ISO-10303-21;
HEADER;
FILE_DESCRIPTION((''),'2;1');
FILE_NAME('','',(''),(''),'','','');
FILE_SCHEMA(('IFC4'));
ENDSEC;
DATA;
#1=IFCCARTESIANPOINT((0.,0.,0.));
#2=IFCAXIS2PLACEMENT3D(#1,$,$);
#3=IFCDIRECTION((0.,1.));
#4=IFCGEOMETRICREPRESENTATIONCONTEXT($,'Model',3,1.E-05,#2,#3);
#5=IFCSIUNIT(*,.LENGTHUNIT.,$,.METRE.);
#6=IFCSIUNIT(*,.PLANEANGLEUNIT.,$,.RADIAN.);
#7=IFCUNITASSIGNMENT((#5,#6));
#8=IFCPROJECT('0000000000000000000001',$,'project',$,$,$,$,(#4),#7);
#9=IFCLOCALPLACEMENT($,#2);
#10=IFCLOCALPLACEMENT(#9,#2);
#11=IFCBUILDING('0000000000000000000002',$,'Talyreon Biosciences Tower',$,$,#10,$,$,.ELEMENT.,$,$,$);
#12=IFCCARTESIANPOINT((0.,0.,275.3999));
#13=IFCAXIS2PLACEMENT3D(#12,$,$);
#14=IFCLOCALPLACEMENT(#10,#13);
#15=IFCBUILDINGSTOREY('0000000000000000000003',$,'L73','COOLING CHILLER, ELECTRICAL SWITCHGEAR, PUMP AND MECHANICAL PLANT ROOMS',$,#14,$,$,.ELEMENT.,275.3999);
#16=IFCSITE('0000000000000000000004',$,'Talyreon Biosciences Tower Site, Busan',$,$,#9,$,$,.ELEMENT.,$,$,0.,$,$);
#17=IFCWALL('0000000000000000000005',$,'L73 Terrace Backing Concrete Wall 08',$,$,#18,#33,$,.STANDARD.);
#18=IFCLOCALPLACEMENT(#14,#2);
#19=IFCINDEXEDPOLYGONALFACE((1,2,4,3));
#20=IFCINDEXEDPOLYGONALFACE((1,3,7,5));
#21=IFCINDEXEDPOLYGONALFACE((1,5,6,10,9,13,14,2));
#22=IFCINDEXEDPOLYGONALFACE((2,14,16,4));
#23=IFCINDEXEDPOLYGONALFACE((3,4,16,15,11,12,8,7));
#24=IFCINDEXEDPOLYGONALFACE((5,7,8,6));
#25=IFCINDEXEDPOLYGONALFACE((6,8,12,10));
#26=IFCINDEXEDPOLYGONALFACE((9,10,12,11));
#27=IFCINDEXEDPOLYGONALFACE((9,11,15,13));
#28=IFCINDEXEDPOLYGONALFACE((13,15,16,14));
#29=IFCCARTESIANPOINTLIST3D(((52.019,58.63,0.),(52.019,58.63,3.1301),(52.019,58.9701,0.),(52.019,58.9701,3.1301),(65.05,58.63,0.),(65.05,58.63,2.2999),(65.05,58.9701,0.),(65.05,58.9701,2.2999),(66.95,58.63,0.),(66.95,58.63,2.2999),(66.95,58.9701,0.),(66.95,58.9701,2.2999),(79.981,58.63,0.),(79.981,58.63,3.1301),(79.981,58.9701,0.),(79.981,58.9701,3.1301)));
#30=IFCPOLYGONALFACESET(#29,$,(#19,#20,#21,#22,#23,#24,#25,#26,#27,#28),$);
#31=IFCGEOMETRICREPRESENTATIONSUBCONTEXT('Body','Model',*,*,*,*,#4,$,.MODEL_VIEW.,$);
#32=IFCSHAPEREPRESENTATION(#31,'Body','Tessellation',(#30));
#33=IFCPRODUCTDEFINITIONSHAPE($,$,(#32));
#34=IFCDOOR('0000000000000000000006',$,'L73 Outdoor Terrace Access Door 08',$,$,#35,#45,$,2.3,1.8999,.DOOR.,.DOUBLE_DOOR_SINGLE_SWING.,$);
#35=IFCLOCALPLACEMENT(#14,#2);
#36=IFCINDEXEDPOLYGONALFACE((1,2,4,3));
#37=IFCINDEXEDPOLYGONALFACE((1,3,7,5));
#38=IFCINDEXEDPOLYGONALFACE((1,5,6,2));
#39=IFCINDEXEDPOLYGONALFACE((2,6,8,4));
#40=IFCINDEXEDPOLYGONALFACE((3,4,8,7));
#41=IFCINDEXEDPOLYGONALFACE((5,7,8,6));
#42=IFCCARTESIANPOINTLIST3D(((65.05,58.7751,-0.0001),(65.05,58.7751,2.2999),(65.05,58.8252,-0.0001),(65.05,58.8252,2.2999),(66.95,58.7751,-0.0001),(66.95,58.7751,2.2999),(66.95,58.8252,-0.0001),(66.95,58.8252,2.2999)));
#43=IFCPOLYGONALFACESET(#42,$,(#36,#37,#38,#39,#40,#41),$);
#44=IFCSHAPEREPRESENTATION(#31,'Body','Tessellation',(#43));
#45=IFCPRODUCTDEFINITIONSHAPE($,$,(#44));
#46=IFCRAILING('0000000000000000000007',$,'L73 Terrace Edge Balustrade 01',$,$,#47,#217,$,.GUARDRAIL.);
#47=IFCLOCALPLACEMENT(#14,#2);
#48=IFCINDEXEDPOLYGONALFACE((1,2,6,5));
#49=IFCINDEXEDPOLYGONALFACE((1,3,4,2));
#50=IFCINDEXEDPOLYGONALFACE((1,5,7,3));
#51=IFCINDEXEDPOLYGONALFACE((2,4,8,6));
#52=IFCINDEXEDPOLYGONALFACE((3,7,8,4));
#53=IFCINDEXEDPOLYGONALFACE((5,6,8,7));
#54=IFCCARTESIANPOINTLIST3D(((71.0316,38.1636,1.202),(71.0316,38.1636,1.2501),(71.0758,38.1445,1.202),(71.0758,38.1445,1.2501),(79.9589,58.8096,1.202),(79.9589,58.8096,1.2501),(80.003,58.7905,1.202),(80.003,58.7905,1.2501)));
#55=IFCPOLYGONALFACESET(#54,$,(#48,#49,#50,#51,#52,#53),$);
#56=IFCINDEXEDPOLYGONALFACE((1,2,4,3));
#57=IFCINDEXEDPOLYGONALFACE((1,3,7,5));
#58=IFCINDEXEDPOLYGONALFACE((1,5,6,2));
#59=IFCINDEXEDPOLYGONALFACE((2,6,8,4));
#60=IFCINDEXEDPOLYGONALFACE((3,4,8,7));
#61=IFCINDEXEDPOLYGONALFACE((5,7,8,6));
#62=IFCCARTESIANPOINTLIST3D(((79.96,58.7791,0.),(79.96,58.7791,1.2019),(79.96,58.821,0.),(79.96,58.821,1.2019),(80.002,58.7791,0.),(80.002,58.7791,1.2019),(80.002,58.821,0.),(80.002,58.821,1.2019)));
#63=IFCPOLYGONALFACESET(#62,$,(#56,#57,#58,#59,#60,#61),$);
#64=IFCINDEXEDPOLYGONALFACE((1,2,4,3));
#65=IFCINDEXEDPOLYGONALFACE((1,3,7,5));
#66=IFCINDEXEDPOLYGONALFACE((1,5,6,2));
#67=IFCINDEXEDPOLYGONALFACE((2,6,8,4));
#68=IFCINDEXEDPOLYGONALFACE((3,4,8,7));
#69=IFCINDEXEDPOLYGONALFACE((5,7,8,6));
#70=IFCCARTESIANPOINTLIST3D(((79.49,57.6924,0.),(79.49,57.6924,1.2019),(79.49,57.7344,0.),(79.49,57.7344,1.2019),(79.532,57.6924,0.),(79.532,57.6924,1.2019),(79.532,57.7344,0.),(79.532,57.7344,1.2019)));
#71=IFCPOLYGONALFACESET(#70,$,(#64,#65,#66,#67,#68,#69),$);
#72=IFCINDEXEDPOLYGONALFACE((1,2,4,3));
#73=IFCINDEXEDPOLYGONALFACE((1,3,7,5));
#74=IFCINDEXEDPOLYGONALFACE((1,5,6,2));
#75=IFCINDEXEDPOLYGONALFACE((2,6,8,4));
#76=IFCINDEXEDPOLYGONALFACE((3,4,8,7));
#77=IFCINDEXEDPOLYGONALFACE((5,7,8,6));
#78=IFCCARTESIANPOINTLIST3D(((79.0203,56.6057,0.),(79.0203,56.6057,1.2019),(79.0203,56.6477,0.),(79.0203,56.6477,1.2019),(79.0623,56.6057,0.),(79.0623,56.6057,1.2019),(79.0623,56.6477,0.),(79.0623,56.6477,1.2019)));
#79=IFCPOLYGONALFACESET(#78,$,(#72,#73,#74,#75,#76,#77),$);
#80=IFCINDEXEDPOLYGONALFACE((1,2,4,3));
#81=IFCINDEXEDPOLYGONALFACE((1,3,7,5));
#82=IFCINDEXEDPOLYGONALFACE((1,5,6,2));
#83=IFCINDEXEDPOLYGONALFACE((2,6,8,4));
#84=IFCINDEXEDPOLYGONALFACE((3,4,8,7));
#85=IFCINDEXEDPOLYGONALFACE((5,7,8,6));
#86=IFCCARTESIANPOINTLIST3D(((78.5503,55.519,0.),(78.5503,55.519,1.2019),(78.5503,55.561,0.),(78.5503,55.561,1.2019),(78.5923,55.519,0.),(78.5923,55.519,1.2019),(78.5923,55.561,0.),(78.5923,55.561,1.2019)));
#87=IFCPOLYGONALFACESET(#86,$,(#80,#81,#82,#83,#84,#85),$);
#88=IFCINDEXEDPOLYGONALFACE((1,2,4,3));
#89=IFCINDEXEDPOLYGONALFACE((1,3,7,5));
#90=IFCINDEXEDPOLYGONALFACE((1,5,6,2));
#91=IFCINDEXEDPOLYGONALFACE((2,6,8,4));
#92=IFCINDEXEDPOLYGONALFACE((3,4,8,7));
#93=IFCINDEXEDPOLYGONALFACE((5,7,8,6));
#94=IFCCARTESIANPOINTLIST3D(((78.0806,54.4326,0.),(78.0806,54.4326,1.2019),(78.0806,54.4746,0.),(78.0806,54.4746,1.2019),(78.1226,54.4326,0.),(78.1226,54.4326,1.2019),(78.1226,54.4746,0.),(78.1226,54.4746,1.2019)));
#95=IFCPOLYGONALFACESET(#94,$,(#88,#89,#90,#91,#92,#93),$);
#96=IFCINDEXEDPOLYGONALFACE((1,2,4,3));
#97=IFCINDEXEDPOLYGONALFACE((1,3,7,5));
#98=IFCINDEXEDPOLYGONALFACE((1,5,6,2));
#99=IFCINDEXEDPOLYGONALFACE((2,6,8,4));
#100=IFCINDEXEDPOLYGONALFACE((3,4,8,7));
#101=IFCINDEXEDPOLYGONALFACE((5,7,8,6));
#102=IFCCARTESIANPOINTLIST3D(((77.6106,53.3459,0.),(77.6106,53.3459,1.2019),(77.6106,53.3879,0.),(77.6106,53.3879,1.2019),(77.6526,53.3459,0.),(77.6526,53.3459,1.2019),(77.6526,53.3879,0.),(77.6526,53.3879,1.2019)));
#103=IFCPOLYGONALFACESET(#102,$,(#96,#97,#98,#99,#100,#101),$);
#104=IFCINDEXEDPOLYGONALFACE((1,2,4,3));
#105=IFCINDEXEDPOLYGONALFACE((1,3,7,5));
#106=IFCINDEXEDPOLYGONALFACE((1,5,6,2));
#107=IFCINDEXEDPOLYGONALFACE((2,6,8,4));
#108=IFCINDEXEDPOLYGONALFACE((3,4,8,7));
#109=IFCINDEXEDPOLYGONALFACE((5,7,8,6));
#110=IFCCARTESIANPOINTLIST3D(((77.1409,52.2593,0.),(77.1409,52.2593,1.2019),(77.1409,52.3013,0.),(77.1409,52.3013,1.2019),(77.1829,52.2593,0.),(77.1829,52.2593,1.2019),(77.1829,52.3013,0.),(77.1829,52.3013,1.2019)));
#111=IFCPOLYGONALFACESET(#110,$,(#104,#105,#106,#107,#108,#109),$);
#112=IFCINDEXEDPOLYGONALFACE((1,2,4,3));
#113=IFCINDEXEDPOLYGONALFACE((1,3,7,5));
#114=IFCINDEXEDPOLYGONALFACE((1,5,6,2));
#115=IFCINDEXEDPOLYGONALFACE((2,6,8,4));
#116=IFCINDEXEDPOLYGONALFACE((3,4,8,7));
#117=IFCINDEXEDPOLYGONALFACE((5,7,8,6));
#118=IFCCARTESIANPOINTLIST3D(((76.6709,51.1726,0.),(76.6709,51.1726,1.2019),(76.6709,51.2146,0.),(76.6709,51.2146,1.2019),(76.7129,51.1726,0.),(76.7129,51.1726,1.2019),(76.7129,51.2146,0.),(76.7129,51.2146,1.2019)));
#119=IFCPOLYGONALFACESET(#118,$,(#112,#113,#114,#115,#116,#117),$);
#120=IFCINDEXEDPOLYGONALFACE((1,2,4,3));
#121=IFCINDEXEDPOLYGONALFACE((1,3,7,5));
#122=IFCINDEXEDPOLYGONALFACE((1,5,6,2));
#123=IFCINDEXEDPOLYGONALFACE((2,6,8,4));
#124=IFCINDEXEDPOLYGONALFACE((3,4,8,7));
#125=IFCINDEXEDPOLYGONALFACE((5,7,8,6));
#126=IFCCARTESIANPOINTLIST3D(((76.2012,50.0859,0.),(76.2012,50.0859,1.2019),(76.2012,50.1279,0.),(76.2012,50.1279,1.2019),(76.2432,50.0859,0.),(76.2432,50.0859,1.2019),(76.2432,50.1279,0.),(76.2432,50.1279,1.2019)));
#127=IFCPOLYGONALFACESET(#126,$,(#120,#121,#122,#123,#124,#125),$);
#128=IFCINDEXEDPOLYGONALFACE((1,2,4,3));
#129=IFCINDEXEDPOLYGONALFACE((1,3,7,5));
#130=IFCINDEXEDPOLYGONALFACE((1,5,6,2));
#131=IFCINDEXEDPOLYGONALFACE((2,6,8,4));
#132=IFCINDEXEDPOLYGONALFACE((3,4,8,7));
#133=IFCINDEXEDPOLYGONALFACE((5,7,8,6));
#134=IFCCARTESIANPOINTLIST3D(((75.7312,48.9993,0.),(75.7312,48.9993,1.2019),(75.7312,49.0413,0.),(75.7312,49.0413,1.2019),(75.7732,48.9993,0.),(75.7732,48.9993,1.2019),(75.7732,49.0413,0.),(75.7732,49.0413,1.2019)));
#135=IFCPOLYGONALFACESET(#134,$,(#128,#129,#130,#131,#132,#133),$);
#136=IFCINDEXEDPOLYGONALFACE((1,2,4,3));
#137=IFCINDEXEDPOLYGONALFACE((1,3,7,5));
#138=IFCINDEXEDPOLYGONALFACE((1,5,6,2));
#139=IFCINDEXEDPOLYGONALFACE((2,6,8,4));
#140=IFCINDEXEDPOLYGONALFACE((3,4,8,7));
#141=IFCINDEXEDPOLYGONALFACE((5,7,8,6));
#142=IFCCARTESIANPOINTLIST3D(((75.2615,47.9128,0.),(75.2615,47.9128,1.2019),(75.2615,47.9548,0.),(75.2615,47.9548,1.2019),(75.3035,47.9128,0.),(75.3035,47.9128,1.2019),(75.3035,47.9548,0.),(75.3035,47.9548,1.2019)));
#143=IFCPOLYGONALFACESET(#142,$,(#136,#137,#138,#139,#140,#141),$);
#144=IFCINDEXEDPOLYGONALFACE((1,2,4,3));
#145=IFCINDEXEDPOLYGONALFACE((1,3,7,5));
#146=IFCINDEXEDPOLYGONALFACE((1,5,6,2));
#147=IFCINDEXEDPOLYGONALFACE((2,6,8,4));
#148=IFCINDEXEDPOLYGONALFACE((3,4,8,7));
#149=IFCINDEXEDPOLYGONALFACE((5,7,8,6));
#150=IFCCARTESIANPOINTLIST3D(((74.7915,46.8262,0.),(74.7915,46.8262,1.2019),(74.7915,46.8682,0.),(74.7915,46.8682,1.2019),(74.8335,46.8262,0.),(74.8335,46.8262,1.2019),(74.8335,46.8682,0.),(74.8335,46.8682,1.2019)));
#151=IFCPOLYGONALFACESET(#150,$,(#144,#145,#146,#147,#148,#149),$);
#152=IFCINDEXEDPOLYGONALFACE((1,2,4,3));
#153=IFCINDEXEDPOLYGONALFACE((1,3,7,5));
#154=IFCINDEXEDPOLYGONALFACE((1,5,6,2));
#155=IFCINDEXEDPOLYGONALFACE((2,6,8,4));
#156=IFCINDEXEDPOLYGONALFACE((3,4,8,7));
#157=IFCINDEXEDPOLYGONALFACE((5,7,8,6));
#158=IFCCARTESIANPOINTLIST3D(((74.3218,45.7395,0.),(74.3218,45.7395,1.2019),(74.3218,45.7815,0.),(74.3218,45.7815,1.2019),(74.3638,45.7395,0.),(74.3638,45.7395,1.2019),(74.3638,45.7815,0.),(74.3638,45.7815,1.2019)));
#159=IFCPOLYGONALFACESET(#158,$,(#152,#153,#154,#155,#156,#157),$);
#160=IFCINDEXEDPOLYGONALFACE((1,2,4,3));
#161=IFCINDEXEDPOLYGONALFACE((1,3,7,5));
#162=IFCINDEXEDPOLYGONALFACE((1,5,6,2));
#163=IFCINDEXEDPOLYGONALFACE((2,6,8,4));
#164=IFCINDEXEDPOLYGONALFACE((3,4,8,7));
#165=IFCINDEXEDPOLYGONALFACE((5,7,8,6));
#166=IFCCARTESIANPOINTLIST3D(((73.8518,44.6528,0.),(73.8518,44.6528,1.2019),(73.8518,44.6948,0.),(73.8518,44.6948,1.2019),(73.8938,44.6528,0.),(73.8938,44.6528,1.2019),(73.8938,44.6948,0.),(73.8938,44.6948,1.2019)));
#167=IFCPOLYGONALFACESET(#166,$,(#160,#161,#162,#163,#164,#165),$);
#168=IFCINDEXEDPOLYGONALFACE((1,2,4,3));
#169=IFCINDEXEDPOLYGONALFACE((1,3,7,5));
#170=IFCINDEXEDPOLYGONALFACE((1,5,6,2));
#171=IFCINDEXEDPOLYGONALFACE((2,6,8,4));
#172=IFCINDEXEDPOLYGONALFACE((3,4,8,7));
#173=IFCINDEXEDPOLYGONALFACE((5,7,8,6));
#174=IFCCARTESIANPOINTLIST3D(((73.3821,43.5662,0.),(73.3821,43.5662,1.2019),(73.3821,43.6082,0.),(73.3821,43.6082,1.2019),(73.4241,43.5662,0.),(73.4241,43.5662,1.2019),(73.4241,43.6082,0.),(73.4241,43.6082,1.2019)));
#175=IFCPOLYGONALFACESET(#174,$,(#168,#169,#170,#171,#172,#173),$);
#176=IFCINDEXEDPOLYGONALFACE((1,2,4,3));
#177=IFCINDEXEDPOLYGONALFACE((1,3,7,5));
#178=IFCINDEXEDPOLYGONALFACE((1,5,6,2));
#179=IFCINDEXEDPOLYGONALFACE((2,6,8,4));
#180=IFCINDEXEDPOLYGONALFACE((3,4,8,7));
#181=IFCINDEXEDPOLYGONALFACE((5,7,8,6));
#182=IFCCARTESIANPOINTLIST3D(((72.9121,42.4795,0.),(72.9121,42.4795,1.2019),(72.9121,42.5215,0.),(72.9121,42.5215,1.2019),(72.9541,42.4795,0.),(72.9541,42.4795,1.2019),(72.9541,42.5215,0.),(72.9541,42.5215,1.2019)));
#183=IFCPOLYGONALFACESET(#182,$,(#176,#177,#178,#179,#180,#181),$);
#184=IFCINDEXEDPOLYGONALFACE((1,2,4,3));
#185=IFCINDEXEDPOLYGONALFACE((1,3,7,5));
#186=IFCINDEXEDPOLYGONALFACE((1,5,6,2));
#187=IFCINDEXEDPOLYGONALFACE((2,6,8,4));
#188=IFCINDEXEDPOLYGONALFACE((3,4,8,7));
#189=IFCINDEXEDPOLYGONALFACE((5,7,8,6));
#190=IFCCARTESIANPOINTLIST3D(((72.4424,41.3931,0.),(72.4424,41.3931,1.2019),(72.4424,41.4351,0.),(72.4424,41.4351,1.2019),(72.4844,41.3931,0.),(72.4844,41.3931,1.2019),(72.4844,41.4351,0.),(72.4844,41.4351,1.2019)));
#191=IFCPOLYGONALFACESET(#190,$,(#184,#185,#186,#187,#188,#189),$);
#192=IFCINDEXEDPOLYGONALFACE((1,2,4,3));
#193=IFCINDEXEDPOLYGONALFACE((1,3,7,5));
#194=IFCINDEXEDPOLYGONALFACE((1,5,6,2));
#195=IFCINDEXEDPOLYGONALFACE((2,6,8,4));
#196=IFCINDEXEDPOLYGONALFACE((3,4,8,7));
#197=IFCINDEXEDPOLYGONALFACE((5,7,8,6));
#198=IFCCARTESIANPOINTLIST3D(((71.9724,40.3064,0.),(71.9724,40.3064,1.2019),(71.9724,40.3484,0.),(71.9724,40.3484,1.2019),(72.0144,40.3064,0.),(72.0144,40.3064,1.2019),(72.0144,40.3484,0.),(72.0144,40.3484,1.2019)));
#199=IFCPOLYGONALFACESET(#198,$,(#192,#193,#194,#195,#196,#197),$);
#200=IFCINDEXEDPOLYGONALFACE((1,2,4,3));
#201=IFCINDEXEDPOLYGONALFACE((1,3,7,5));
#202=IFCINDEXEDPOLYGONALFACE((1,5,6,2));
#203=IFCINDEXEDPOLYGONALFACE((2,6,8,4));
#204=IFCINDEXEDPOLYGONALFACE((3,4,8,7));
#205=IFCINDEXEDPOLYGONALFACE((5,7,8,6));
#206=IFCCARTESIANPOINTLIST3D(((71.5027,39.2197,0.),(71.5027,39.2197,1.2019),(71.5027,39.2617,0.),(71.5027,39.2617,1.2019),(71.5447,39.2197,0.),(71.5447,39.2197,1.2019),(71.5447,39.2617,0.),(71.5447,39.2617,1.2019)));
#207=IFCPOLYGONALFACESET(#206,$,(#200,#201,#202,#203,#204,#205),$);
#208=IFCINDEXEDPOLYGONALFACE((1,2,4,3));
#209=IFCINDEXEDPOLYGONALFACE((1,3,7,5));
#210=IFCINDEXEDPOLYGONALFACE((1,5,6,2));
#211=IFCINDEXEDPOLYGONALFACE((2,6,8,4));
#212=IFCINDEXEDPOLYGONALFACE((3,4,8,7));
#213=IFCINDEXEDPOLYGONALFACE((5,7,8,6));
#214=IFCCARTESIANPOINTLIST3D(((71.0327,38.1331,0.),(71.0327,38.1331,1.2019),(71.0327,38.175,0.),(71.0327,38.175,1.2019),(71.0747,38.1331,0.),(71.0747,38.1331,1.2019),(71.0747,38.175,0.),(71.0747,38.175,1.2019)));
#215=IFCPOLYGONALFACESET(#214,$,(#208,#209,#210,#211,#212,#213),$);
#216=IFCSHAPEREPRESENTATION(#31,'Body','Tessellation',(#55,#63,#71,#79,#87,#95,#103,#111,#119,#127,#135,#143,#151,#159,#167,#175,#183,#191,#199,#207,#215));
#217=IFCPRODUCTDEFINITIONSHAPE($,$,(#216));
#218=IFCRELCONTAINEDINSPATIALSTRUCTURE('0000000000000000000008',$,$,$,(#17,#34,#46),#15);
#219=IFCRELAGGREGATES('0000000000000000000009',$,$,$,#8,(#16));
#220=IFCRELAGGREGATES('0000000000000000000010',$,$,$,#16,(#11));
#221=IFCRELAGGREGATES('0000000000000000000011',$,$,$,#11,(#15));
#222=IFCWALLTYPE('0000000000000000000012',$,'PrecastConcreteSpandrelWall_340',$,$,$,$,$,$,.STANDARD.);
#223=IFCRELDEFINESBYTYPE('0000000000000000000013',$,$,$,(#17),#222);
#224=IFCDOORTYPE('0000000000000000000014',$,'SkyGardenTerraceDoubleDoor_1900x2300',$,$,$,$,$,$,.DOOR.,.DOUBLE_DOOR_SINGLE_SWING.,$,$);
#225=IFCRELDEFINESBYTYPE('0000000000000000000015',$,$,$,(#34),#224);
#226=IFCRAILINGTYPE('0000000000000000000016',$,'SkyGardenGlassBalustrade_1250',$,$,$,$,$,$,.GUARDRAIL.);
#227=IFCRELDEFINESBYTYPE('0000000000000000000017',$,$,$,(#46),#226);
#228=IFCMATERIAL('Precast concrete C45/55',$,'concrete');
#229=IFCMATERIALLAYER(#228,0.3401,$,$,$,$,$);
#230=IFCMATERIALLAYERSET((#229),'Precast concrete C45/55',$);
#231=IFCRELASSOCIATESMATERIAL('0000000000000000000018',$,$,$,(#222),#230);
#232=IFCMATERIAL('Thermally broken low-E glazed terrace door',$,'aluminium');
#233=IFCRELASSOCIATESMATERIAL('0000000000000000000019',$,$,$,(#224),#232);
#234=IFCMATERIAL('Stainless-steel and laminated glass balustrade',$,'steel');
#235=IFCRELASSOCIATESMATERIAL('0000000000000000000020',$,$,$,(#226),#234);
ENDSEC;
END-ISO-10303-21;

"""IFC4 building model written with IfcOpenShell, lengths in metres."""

from ifc_helpers import new_model, si_unit, direction, frame, frame_2d, origin, origin_2d, place, context, subcontext, project, spatial, rectangle, extrude, material, layer, layer_set, type_object, element, fill, save


model = new_model("IFC4")

# Units and contexts
model_context = context("Model", 3, precision=1e-05, world=origin(), true_north=direction((0.0, 1.0)))
body_context = subcontext(model_context, "Body", "Model", "MODEL_VIEW")
ifc_project = project(units=[si_unit("LENGTHUNIT", "METRE"), si_unit("PLANEANGLEUNIT", "RADIAN")], contexts=[model_context])

# Site, building, storey
site_placement = place(None, origin())
site = spatial("IfcSite", under=ifc_project, at=site_placement, Name="Talyreon Biosciences Tower Site, Busan", CompositionType="ELEMENT", RefElevation=0.0)
building_placement = place(site_placement, origin())
building = spatial("IfcBuilding", under=site, at=building_placement, Name="Talyreon Biosciences Tower", CompositionType="ELEMENT")
storey_placement = place(building_placement, frame((0.0, 0.0, 275.3999)))
storey = spatial("IfcBuildingStorey", under=building, at=storey_placement, Name="L73", Description="COOLING CHILLER, ELECTRICAL SWITCHGEAR, PUMP AND MECHANICAL PLANT ROOMS", CompositionType="ELEMENT", Elevation=275.3999)

# Shared definitions
ifc_material_1 = material(Name="Precast concrete C45/55", Category="concrete")

# Wall, opening, door
ifc_layer_1 = layer(ifc_material_1, 0.3401)
ifc_layer_set_1 = layer_set([ifc_layer_1], Name="Precast concrete C45/55")
wall_type_1 = type_object("IfcWallType", Name="PrecastConcreteSpandrelWall_340", PredefinedType="STANDARD", material=ifc_layer_set_1)
wall_1_placement = place(storey_placement, frame((79.981, 58.8, 0.0), z_axis=(0.0, 0.0, 1.0), x_axis=(-1.0, 0.0, 0.0)))
wall_1 = element("IfcWall", 1, at=wall_1_placement, inside=storey, type_object=wall_type_1, Name="L73 Terrace Backing Concrete Wall 08", PredefinedType="STANDARD", context=body_context, shape_type="SweptSolid", body=[
    extrude(rectangle(XDim=27.9619, YDim=0.3401, at=frame_2d((13.981, 0.0))), origin(), (0.0, 0.0, 1.0), 3.1301),
])
opening_1_placement = place(wall_1_placement, frame((13.031, 0.0, 0.0)))
opening_1 = element("IfcOpeningElement", 2, at=opening_1_placement, cuts=wall_1, PredefinedType="OPENING", context=body_context, shape_type="SweptSolid", body=[
    extrude(rectangle(XDim=1.8999, YDim=2.3, at=frame_2d((0.95, 1.1499))), frame((0.0, 0.1799, 0.0), z_axis=(0.0, -1.0, 0.0), x_axis=(1.0, 0.0, 0.0)), (0.0, 0.0, 1.0), 0.3601),
])
ifc_material_2 = material(Name="Thermally broken low-E glazed terrace door", Category="aluminium")
door_type_1 = type_object("IfcDoorType", Name="SkyGardenTerraceDoubleDoor_1900x2300", OperationType="DOUBLE_DOOR_SINGLE_SWING", PredefinedType="DOOR", material=ifc_material_2)
door_1_placement = place(opening_1_placement, origin())
door_1 = element("IfcDoor", 3, at=door_1_placement, inside=storey, type_object=door_type_1, Name="L73 Outdoor Terrace Access Door 08", OperationType="DOUBLE_DOOR_SINGLE_SWING", OverallHeight=2.3, OverallWidth=1.8999, PredefinedType="DOOR", context=body_context, shape_type="SweptSolid", body=[
    extrude(rectangle(XDim=1.8999, YDim=2.3, at=frame_2d((0.95, 1.1499))), frame((0.0, 0.0249, 0.0), z_axis=(0.0, -1.0, 0.0), x_axis=(1.0, 0.0, 0.0)), (0.0, 0.0, 1.0), 0.05),
])
fill(opening_1, door_1)

# Railing
ifc_material_3 = material(Name="Stainless-steel and laminated glass balustrade", Category="steel")
railing_type = type_object("IfcRailingType", Name="SkyGardenGlassBalustrade_1250", PredefinedType="GUARDRAIL", material=ifc_material_3)
railing_1_placement = place(storey_placement, frame((79.981, 58.8, 0.0)))
element("IfcRailing", 4, at=railing_1_placement, inside=storey, type_object=railing_type, Name="L73 Terrace Edge Balustrade 01", PredefinedType="GUARDRAIL", context=body_context, shape_type="SweptSolid", body=[
    extrude(rectangle(XDim=0.0481, YDim=0.0481, at=origin_2d()), frame((0.0, 0.0, 1.2261), z_axis=(-0.396883, -0.917869, 0.0), x_axis=(0.917869, -0.396883, 0.0)), (0.0, 0.0, 1.0), 22.4934),
    extrude(rectangle(XDim=0.042, YDim=0.042, at=origin_2d()), origin(), (0.0, 0.0, 1.0), 1.2019),
    extrude(rectangle(XDim=0.042, YDim=0.042, at=origin_2d()), frame((-0.47, -1.0867, 0.0)), (0.0, 0.0, 1.0), 1.2019),
    extrude(rectangle(XDim=0.042, YDim=0.042, at=origin_2d()), frame((-0.9397, -2.1733, 0.0)), (0.0, 0.0, 1.0), 1.2019),
    extrude(rectangle(XDim=0.042, YDim=0.042, at=origin_2d()), frame((-1.4097, -3.26, 0.0)), (0.0, 0.0, 1.0), 1.2019),
    extrude(rectangle(XDim=0.042, YDim=0.042, at=origin_2d()), frame((-1.8794, -4.3464, 0.0)), (0.0, 0.0, 1.0), 1.2019),
    extrude(rectangle(XDim=0.042, YDim=0.042, at=origin_2d()), frame((-2.3494, -5.4331, 0.0)), (0.0, 0.0, 1.0), 1.2019),
    extrude(rectangle(XDim=0.042, YDim=0.042, at=origin_2d()), frame((-2.8191, -6.5198, 0.0)), (0.0, 0.0, 1.0), 1.2019),
    extrude(rectangle(XDim=0.042, YDim=0.042, at=origin_2d()), frame((-3.2891, -7.6064, 0.0)), (0.0, 0.0, 1.0), 1.2019),
    extrude(rectangle(XDim=0.042, YDim=0.042, at=origin_2d()), frame((-3.7588, -8.6931, 0.0)), (0.0, 0.0, 1.0), 1.2019),
    extrude(rectangle(XDim=0.042, YDim=0.042, at=origin_2d()), frame((-4.2288, -9.7798, 0.0)), (0.0, 0.0, 1.0), 1.2019),
    extrude(rectangle(XDim=0.042, YDim=0.042, at=origin_2d()), frame((-4.6985, -10.8662, 0.0)), (0.0, 0.0, 1.0), 1.2019),
    extrude(rectangle(XDim=0.042, YDim=0.042, at=origin_2d()), frame((-5.1685, -11.9529, 0.0)), (0.0, 0.0, 1.0), 1.2019),
    extrude(rectangle(XDim=0.042, YDim=0.042, at=origin_2d()), frame((-5.6382, -13.0396, 0.0)), (0.0, 0.0, 1.0), 1.2019),
    extrude(rectangle(XDim=0.042, YDim=0.042, at=origin_2d()), frame((-6.1082, -14.1262, 0.0)), (0.0, 0.0, 1.0), 1.2019),
    extrude(rectangle(XDim=0.042, YDim=0.042, at=origin_2d()), frame((-6.5779, -15.2129, 0.0)), (0.0, 0.0, 1.0), 1.2019),
    extrude(rectangle(XDim=0.042, YDim=0.042, at=origin_2d()), frame((-7.0479, -16.2996, 0.0)), (0.0, 0.0, 1.0), 1.2019),
    extrude(rectangle(XDim=0.042, YDim=0.042, at=origin_2d()), frame((-7.5176, -17.386, 0.0)), (0.0, 0.0, 1.0), 1.2019),
    extrude(rectangle(XDim=0.042, YDim=0.042, at=origin_2d()), frame((-7.9875, -18.4727, 0.0)), (0.0, 0.0, 1.0), 1.2019),
    extrude(rectangle(XDim=0.042, YDim=0.042, at=origin_2d()), frame((-8.4573, -19.5593, 0.0)), (0.0, 0.0, 1.0), 1.2019),
    extrude(rectangle(XDim=0.042, YDim=0.042, at=origin_2d()), frame((-8.9272, -20.646, 0.0)), (0.0, 0.0, 1.0), 1.2019),
])

save(model, "model.ifc")
